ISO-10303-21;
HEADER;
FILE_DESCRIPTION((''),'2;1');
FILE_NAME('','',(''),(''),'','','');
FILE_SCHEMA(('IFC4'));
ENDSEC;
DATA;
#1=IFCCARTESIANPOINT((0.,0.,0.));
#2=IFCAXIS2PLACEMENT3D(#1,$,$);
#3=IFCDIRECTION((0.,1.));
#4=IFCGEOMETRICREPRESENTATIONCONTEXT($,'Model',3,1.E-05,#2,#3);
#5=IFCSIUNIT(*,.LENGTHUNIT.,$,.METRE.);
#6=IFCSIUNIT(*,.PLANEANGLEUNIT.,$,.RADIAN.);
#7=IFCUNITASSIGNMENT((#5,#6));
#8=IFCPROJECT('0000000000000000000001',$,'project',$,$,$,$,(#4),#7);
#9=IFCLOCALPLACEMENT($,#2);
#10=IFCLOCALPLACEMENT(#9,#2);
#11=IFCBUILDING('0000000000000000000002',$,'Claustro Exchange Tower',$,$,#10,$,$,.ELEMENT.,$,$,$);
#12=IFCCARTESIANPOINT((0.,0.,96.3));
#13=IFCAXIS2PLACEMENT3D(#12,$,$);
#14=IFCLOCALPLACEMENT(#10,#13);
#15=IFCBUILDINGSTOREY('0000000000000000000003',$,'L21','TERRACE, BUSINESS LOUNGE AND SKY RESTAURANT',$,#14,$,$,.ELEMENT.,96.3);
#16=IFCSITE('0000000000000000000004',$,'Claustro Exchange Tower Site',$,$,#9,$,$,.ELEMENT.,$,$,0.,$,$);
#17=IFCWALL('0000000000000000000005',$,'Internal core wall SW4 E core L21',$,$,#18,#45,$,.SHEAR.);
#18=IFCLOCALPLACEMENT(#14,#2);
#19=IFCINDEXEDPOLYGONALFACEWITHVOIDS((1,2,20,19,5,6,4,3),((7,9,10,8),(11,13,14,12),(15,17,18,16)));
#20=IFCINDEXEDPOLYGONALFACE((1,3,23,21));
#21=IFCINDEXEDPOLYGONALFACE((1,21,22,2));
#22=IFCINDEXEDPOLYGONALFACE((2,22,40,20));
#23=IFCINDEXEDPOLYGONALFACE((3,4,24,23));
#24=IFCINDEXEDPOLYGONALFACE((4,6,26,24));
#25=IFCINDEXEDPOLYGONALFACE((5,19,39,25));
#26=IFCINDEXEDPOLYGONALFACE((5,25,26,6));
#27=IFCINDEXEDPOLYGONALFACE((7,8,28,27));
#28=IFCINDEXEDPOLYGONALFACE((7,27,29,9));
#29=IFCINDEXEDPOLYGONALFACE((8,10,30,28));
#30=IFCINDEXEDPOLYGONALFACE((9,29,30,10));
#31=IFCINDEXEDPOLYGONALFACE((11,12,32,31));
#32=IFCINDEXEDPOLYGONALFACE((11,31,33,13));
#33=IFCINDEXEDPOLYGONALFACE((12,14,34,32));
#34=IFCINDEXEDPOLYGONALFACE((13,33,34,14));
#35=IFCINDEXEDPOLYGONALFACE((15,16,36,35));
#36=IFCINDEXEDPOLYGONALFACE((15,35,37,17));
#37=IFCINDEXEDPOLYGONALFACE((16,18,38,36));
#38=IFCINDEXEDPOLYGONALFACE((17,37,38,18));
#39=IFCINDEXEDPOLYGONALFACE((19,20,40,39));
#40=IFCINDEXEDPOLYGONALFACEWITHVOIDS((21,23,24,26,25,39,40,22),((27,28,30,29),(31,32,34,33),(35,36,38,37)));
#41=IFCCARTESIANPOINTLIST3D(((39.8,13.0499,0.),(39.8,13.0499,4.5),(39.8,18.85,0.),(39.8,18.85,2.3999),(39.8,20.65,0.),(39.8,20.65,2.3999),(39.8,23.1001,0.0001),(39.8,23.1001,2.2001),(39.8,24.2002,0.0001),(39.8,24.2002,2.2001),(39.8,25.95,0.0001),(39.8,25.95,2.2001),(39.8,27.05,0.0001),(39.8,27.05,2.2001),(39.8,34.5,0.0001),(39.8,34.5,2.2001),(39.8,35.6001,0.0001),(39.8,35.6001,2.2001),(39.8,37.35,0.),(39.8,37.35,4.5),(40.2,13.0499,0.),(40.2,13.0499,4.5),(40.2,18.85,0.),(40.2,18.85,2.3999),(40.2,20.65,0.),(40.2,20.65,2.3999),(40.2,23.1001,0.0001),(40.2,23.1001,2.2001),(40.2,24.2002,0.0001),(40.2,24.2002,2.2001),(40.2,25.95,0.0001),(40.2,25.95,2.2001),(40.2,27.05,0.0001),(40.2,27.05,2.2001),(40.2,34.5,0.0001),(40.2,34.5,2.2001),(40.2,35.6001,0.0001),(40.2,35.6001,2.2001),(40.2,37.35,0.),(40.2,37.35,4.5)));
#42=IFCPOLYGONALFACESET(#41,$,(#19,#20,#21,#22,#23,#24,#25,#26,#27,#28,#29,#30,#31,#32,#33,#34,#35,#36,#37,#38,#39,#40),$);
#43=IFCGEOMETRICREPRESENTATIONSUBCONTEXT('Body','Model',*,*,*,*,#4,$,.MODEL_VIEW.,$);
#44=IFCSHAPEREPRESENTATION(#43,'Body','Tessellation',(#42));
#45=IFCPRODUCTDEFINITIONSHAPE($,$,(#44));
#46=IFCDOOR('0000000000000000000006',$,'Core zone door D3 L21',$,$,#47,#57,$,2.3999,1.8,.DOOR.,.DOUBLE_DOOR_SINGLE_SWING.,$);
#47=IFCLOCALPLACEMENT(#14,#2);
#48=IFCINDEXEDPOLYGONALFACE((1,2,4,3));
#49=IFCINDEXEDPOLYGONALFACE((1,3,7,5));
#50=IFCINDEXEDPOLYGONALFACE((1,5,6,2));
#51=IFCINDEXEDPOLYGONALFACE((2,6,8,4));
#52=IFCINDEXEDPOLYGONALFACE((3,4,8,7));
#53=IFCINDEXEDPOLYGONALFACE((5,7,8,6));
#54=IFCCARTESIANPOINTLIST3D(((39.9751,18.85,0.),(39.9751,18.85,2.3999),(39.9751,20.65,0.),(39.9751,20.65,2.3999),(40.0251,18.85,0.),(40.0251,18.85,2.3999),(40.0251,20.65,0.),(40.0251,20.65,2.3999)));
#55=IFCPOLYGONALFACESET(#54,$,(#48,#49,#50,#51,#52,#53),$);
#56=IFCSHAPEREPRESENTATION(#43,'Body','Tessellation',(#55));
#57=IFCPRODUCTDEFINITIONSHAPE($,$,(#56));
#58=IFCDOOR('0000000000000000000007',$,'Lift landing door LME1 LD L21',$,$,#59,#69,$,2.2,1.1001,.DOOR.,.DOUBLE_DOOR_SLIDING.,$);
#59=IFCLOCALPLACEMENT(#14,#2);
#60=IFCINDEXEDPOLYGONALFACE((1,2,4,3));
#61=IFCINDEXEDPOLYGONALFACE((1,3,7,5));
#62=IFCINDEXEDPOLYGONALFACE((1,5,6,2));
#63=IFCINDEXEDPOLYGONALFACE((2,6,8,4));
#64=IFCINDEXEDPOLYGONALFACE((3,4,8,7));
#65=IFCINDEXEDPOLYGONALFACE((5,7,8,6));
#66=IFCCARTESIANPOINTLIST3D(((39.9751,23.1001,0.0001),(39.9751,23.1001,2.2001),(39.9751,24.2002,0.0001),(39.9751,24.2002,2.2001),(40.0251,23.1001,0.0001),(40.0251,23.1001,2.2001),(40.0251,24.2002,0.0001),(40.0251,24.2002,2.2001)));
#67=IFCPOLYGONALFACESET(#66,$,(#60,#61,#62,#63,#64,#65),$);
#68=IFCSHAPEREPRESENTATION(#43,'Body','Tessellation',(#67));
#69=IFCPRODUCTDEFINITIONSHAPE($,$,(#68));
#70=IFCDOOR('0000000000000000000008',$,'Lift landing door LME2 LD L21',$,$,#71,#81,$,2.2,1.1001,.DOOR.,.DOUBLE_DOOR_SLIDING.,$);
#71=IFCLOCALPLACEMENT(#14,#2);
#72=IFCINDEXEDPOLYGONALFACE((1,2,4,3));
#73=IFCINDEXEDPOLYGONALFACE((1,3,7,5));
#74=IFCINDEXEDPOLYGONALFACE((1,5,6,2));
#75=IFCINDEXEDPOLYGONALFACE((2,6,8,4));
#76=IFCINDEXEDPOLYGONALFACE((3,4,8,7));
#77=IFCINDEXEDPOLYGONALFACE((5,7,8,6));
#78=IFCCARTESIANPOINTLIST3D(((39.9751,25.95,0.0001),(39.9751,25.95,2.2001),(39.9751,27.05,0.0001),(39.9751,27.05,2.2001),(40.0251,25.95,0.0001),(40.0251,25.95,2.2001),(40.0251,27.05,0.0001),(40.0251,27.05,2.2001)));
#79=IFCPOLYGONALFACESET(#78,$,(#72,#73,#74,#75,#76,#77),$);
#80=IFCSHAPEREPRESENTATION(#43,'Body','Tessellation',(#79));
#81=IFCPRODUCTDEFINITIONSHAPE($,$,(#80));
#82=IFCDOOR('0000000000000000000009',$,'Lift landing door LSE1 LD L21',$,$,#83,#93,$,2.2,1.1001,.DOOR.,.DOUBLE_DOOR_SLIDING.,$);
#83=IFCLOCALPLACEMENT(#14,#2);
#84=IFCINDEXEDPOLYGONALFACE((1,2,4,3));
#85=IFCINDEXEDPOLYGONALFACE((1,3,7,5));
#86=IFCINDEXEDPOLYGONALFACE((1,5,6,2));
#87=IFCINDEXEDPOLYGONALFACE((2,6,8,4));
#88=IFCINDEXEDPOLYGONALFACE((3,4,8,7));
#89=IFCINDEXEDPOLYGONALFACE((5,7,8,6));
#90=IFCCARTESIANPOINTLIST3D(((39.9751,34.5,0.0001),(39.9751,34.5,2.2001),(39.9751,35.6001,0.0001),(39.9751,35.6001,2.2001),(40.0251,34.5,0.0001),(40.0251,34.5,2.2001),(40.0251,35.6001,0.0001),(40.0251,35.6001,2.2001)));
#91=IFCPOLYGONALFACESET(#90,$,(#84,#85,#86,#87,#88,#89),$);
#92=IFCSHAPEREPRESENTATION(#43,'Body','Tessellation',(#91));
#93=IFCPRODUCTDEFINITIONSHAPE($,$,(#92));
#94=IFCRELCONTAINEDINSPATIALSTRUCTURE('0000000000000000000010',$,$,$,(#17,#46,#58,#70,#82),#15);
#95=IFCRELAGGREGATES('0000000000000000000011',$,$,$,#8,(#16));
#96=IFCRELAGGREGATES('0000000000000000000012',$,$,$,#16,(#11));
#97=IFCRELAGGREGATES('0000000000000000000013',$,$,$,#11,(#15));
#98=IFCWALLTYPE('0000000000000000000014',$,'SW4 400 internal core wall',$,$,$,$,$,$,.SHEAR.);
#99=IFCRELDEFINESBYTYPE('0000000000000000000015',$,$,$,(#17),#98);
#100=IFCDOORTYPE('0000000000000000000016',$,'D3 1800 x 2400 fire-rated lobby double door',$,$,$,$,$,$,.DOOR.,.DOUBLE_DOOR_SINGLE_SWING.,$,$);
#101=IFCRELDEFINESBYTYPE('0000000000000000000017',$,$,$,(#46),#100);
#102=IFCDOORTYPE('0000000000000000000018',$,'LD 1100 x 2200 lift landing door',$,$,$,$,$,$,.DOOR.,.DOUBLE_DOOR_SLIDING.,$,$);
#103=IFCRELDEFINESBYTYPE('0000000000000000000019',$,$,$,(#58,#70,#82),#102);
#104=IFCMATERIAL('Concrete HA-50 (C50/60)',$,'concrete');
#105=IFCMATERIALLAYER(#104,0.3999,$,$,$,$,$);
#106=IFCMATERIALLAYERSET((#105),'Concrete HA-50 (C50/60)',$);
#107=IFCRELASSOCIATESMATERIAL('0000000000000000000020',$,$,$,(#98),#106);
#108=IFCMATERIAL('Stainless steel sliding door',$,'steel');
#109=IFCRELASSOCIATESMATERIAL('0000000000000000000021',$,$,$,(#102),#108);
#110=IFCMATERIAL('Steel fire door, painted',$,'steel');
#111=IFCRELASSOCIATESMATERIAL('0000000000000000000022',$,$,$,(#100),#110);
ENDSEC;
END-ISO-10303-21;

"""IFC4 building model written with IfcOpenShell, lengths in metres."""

from ifc_helpers import new_model, si_unit, direction, frame, frame_2d, origin, place, context, subcontext, project, spatial, rectangle, extrude, material, layer, layer_set, type_object, element, fill, save


model = new_model("IFC4")

# Units and contexts
model_context = context("Model", 3, precision=1e-05, world=origin(), true_north=direction((0.0, 1.0)))
body_context = subcontext(model_context, "Body", "Model", "MODEL_VIEW")
ifc_project = project(units=[si_unit("LENGTHUNIT", "METRE"), si_unit("PLANEANGLEUNIT", "RADIAN")], contexts=[model_context])

# Site, building, storey
site_placement = place(None, origin())
site = spatial("IfcSite", under=ifc_project, at=site_placement, Name="Claustro Exchange Tower Site", CompositionType="ELEMENT", RefElevation=0.0)
building_placement = place(site_placement, origin())
building = spatial("IfcBuilding", under=site, at=building_placement, Name="Claustro Exchange Tower", CompositionType="ELEMENT")
storey_placement = place(building_placement, frame((0.0, 0.0, 96.3)))
storey = spatial("IfcBuildingStorey", under=building, at=storey_placement, Name="L21", Description="TERRACE, BUSINESS LOUNGE AND SKY RESTAURANT", CompositionType="ELEMENT", Elevation=96.3)

# Wall, openings, doors
ifc_material_1 = material(Name="Concrete HA-50 (C50/60)", Category="concrete")
ifc_layer = layer(ifc_material_1, 0.3999)
ifc_layer_set = layer_set([ifc_layer], Name="Concrete HA-50 (C50/60)")
wall_type = type_object("IfcWallType", Name="SW4 400 internal core wall", PredefinedType="SHEAR", material=ifc_layer_set)
ifc_material_2 = material(Name="Stainless steel sliding door", Category="steel")
door_type_1 = type_object("IfcDoorType", Name="LD 1100 x 2200 lift landing door", OperationType="DOUBLE_DOOR_SLIDING", PredefinedType="DOOR", material=ifc_material_2)
wall_1_placement = place(storey_placement, frame((40.0, 13.05, 0.0), z_axis=(0.0, 0.0, 1.0), x_axis=(0.0, 1.0, 0.0)))
wall_1 = element("IfcWall", 1, at=wall_1_placement, inside=storey, type_object=wall_type, Name="Internal core wall SW4 E core L21", PredefinedType="SHEAR", context=body_context, shape_type="SweptSolid", body=[
    extrude(rectangle(XDim=24.3, YDim=0.3999, at=frame_2d((12.1499, 0.0))), origin(), (0.0, 0.0, 1.0), 4.5),
])
opening_1_placement = place(wall_1_placement, frame((10.05, 0.0, 0.0)))
opening_1 = element("IfcOpeningElement", 2, at=opening_1_placement, cuts=wall_1, PredefinedType="OPENING", context=body_context, shape_type="SweptSolid", body=[
    extrude(rectangle(XDim=1.1001, YDim=2.2, at=frame_2d((0.55, 1.1001))), frame((0.0, 0.21, 0.0), z_axis=(0.0, -1.0, 0.0), x_axis=(1.0, 0.0, 0.0)), (0.0, 0.0, 1.0), 0.4199),
])
opening_2_placement = place(wall_1_placement, frame((12.8999, 0.0, 0.0)))
opening_2 = element("IfcOpeningElement", 3, at=opening_2_placement, cuts=wall_1, PredefinedType="OPENING", context=body_context, shape_type="SweptSolid", body=[
    extrude(rectangle(XDim=1.1001, YDim=2.2, at=frame_2d((0.55, 1.1001))), frame((0.0, 0.21, 0.0), z_axis=(0.0, -1.0, 0.0), x_axis=(1.0, 0.0, 0.0)), (0.0, 0.0, 1.0), 0.4199),
])
opening_3_placement = place(wall_1_placement, frame((21.45, 0.0, 0.0)))
opening_3 = element("IfcOpeningElement", 4, at=opening_3_placement, cuts=wall_1, PredefinedType="OPENING", context=body_context, shape_type="SweptSolid", body=[
    extrude(rectangle(XDim=1.1001, YDim=2.2, at=frame_2d((0.55, 1.1001))), frame((0.0, 0.21, 0.0), z_axis=(0.0, -1.0, 0.0), x_axis=(1.0, 0.0, 0.0)), (0.0, 0.0, 1.0), 0.4199),
])
opening_4_placement = place(wall_1_placement, frame((5.8, 0.0, 0.0)))
opening_4 = element("IfcOpeningElement", 5, at=opening_4_placement, cuts=wall_1, PredefinedType="OPENING", context=body_context, shape_type="SweptSolid", body=[
    extrude(rectangle(XDim=1.8, YDim=2.3999, at=frame_2d((0.8999, 1.2))), frame((0.0, 0.21, 0.0), z_axis=(0.0, -1.0, 0.0), x_axis=(1.0, 0.0, 0.0)), (0.0, 0.0, 1.0), 0.4199),
])
ifc_material_3 = material(Name="Steel fire door, painted", Category="steel")
door_type_2 = type_object("IfcDoorType", Name="D3 1800 x 2400 fire-rated lobby double door", OperationType="DOUBLE_DOOR_SINGLE_SWING", PredefinedType="DOOR", material=ifc_material_3)
door_1_placement = place(opening_4_placement, origin())
door_1 = element("IfcDoor", 6, at=door_1_placement, inside=storey, type_object=door_type_2, Name="Core zone door D3 L21", OperationType="DOUBLE_DOOR_SINGLE_SWING", OverallHeight=2.3999, OverallWidth=1.8, PredefinedType="DOOR", context=body_context, shape_type="SweptSolid", body=[
    extrude(rectangle(XDim=1.8, YDim=2.3999, at=frame_2d((0.8999, 1.2))), frame((0.0, 0.0249, 0.0), z_axis=(0.0, -1.0, 0.0), x_axis=(1.0, 0.0, 0.0)), (0.0, 0.0, 1.0), 0.05),
])
fill(opening_4, door_1)
door_2_placement = place(opening_1_placement, origin())
door_2 = element("IfcDoor", 7, at=door_2_placement, inside=storey, type_object=door_type_1, Name="Lift landing door LME1 LD L21", OperationType="DOUBLE_DOOR_SLIDING", OverallHeight=2.2, OverallWidth=1.1001, PredefinedType="DOOR", context=body_context, shape_type="SweptSolid", body=[
    extrude(rectangle(XDim=1.1001, YDim=2.2, at=frame_2d((0.55, 1.1001))), frame((0.0, 0.0249, 0.0), z_axis=(0.0, -1.0, 0.0), x_axis=(1.0, 0.0, 0.0)), (0.0, 0.0, 1.0), 0.05),
])
fill(opening_1, door_2)
door_3_placement = place(opening_2_placement, origin())
door_3 = element("IfcDoor", 8, at=door_3_placement, inside=storey, type_object=door_type_1, Name="Lift landing door LME2 LD L21", OperationType="DOUBLE_DOOR_SLIDING", OverallHeight=2.2, OverallWidth=1.1001, PredefinedType="DOOR", context=body_context, shape_type="SweptSolid", body=[
    extrude(rectangle(XDim=1.1001, YDim=2.2, at=frame_2d((0.55, 1.1001))), frame((0.0, 0.0249, 0.0), z_axis=(0.0, -1.0, 0.0), x_axis=(1.0, 0.0, 0.0)), (0.0, 0.0, 1.0), 0.05),
])
fill(opening_2, door_3)
door_4_placement = place(opening_3_placement, origin())
door_4 = element("IfcDoor", 9, at=door_4_placement, inside=storey, type_object=door_type_1, Name="Lift landing door LSE1 LD L21", OperationType="DOUBLE_DOOR_SLIDING", OverallHeight=2.2, OverallWidth=1.1001, PredefinedType="DOOR", context=body_context, shape_type="SweptSolid", body=[
    extrude(rectangle(XDim=1.1001, YDim=2.2, at=frame_2d((0.55, 1.1001))), frame((0.0, 0.0249, 0.0), z_axis=(0.0, -1.0, 0.0), x_axis=(1.0, 0.0, 0.0)), (0.0, 0.0, 1.0), 0.05),
])
fill(opening_3, door_4)

save(model, "model.ifc")
